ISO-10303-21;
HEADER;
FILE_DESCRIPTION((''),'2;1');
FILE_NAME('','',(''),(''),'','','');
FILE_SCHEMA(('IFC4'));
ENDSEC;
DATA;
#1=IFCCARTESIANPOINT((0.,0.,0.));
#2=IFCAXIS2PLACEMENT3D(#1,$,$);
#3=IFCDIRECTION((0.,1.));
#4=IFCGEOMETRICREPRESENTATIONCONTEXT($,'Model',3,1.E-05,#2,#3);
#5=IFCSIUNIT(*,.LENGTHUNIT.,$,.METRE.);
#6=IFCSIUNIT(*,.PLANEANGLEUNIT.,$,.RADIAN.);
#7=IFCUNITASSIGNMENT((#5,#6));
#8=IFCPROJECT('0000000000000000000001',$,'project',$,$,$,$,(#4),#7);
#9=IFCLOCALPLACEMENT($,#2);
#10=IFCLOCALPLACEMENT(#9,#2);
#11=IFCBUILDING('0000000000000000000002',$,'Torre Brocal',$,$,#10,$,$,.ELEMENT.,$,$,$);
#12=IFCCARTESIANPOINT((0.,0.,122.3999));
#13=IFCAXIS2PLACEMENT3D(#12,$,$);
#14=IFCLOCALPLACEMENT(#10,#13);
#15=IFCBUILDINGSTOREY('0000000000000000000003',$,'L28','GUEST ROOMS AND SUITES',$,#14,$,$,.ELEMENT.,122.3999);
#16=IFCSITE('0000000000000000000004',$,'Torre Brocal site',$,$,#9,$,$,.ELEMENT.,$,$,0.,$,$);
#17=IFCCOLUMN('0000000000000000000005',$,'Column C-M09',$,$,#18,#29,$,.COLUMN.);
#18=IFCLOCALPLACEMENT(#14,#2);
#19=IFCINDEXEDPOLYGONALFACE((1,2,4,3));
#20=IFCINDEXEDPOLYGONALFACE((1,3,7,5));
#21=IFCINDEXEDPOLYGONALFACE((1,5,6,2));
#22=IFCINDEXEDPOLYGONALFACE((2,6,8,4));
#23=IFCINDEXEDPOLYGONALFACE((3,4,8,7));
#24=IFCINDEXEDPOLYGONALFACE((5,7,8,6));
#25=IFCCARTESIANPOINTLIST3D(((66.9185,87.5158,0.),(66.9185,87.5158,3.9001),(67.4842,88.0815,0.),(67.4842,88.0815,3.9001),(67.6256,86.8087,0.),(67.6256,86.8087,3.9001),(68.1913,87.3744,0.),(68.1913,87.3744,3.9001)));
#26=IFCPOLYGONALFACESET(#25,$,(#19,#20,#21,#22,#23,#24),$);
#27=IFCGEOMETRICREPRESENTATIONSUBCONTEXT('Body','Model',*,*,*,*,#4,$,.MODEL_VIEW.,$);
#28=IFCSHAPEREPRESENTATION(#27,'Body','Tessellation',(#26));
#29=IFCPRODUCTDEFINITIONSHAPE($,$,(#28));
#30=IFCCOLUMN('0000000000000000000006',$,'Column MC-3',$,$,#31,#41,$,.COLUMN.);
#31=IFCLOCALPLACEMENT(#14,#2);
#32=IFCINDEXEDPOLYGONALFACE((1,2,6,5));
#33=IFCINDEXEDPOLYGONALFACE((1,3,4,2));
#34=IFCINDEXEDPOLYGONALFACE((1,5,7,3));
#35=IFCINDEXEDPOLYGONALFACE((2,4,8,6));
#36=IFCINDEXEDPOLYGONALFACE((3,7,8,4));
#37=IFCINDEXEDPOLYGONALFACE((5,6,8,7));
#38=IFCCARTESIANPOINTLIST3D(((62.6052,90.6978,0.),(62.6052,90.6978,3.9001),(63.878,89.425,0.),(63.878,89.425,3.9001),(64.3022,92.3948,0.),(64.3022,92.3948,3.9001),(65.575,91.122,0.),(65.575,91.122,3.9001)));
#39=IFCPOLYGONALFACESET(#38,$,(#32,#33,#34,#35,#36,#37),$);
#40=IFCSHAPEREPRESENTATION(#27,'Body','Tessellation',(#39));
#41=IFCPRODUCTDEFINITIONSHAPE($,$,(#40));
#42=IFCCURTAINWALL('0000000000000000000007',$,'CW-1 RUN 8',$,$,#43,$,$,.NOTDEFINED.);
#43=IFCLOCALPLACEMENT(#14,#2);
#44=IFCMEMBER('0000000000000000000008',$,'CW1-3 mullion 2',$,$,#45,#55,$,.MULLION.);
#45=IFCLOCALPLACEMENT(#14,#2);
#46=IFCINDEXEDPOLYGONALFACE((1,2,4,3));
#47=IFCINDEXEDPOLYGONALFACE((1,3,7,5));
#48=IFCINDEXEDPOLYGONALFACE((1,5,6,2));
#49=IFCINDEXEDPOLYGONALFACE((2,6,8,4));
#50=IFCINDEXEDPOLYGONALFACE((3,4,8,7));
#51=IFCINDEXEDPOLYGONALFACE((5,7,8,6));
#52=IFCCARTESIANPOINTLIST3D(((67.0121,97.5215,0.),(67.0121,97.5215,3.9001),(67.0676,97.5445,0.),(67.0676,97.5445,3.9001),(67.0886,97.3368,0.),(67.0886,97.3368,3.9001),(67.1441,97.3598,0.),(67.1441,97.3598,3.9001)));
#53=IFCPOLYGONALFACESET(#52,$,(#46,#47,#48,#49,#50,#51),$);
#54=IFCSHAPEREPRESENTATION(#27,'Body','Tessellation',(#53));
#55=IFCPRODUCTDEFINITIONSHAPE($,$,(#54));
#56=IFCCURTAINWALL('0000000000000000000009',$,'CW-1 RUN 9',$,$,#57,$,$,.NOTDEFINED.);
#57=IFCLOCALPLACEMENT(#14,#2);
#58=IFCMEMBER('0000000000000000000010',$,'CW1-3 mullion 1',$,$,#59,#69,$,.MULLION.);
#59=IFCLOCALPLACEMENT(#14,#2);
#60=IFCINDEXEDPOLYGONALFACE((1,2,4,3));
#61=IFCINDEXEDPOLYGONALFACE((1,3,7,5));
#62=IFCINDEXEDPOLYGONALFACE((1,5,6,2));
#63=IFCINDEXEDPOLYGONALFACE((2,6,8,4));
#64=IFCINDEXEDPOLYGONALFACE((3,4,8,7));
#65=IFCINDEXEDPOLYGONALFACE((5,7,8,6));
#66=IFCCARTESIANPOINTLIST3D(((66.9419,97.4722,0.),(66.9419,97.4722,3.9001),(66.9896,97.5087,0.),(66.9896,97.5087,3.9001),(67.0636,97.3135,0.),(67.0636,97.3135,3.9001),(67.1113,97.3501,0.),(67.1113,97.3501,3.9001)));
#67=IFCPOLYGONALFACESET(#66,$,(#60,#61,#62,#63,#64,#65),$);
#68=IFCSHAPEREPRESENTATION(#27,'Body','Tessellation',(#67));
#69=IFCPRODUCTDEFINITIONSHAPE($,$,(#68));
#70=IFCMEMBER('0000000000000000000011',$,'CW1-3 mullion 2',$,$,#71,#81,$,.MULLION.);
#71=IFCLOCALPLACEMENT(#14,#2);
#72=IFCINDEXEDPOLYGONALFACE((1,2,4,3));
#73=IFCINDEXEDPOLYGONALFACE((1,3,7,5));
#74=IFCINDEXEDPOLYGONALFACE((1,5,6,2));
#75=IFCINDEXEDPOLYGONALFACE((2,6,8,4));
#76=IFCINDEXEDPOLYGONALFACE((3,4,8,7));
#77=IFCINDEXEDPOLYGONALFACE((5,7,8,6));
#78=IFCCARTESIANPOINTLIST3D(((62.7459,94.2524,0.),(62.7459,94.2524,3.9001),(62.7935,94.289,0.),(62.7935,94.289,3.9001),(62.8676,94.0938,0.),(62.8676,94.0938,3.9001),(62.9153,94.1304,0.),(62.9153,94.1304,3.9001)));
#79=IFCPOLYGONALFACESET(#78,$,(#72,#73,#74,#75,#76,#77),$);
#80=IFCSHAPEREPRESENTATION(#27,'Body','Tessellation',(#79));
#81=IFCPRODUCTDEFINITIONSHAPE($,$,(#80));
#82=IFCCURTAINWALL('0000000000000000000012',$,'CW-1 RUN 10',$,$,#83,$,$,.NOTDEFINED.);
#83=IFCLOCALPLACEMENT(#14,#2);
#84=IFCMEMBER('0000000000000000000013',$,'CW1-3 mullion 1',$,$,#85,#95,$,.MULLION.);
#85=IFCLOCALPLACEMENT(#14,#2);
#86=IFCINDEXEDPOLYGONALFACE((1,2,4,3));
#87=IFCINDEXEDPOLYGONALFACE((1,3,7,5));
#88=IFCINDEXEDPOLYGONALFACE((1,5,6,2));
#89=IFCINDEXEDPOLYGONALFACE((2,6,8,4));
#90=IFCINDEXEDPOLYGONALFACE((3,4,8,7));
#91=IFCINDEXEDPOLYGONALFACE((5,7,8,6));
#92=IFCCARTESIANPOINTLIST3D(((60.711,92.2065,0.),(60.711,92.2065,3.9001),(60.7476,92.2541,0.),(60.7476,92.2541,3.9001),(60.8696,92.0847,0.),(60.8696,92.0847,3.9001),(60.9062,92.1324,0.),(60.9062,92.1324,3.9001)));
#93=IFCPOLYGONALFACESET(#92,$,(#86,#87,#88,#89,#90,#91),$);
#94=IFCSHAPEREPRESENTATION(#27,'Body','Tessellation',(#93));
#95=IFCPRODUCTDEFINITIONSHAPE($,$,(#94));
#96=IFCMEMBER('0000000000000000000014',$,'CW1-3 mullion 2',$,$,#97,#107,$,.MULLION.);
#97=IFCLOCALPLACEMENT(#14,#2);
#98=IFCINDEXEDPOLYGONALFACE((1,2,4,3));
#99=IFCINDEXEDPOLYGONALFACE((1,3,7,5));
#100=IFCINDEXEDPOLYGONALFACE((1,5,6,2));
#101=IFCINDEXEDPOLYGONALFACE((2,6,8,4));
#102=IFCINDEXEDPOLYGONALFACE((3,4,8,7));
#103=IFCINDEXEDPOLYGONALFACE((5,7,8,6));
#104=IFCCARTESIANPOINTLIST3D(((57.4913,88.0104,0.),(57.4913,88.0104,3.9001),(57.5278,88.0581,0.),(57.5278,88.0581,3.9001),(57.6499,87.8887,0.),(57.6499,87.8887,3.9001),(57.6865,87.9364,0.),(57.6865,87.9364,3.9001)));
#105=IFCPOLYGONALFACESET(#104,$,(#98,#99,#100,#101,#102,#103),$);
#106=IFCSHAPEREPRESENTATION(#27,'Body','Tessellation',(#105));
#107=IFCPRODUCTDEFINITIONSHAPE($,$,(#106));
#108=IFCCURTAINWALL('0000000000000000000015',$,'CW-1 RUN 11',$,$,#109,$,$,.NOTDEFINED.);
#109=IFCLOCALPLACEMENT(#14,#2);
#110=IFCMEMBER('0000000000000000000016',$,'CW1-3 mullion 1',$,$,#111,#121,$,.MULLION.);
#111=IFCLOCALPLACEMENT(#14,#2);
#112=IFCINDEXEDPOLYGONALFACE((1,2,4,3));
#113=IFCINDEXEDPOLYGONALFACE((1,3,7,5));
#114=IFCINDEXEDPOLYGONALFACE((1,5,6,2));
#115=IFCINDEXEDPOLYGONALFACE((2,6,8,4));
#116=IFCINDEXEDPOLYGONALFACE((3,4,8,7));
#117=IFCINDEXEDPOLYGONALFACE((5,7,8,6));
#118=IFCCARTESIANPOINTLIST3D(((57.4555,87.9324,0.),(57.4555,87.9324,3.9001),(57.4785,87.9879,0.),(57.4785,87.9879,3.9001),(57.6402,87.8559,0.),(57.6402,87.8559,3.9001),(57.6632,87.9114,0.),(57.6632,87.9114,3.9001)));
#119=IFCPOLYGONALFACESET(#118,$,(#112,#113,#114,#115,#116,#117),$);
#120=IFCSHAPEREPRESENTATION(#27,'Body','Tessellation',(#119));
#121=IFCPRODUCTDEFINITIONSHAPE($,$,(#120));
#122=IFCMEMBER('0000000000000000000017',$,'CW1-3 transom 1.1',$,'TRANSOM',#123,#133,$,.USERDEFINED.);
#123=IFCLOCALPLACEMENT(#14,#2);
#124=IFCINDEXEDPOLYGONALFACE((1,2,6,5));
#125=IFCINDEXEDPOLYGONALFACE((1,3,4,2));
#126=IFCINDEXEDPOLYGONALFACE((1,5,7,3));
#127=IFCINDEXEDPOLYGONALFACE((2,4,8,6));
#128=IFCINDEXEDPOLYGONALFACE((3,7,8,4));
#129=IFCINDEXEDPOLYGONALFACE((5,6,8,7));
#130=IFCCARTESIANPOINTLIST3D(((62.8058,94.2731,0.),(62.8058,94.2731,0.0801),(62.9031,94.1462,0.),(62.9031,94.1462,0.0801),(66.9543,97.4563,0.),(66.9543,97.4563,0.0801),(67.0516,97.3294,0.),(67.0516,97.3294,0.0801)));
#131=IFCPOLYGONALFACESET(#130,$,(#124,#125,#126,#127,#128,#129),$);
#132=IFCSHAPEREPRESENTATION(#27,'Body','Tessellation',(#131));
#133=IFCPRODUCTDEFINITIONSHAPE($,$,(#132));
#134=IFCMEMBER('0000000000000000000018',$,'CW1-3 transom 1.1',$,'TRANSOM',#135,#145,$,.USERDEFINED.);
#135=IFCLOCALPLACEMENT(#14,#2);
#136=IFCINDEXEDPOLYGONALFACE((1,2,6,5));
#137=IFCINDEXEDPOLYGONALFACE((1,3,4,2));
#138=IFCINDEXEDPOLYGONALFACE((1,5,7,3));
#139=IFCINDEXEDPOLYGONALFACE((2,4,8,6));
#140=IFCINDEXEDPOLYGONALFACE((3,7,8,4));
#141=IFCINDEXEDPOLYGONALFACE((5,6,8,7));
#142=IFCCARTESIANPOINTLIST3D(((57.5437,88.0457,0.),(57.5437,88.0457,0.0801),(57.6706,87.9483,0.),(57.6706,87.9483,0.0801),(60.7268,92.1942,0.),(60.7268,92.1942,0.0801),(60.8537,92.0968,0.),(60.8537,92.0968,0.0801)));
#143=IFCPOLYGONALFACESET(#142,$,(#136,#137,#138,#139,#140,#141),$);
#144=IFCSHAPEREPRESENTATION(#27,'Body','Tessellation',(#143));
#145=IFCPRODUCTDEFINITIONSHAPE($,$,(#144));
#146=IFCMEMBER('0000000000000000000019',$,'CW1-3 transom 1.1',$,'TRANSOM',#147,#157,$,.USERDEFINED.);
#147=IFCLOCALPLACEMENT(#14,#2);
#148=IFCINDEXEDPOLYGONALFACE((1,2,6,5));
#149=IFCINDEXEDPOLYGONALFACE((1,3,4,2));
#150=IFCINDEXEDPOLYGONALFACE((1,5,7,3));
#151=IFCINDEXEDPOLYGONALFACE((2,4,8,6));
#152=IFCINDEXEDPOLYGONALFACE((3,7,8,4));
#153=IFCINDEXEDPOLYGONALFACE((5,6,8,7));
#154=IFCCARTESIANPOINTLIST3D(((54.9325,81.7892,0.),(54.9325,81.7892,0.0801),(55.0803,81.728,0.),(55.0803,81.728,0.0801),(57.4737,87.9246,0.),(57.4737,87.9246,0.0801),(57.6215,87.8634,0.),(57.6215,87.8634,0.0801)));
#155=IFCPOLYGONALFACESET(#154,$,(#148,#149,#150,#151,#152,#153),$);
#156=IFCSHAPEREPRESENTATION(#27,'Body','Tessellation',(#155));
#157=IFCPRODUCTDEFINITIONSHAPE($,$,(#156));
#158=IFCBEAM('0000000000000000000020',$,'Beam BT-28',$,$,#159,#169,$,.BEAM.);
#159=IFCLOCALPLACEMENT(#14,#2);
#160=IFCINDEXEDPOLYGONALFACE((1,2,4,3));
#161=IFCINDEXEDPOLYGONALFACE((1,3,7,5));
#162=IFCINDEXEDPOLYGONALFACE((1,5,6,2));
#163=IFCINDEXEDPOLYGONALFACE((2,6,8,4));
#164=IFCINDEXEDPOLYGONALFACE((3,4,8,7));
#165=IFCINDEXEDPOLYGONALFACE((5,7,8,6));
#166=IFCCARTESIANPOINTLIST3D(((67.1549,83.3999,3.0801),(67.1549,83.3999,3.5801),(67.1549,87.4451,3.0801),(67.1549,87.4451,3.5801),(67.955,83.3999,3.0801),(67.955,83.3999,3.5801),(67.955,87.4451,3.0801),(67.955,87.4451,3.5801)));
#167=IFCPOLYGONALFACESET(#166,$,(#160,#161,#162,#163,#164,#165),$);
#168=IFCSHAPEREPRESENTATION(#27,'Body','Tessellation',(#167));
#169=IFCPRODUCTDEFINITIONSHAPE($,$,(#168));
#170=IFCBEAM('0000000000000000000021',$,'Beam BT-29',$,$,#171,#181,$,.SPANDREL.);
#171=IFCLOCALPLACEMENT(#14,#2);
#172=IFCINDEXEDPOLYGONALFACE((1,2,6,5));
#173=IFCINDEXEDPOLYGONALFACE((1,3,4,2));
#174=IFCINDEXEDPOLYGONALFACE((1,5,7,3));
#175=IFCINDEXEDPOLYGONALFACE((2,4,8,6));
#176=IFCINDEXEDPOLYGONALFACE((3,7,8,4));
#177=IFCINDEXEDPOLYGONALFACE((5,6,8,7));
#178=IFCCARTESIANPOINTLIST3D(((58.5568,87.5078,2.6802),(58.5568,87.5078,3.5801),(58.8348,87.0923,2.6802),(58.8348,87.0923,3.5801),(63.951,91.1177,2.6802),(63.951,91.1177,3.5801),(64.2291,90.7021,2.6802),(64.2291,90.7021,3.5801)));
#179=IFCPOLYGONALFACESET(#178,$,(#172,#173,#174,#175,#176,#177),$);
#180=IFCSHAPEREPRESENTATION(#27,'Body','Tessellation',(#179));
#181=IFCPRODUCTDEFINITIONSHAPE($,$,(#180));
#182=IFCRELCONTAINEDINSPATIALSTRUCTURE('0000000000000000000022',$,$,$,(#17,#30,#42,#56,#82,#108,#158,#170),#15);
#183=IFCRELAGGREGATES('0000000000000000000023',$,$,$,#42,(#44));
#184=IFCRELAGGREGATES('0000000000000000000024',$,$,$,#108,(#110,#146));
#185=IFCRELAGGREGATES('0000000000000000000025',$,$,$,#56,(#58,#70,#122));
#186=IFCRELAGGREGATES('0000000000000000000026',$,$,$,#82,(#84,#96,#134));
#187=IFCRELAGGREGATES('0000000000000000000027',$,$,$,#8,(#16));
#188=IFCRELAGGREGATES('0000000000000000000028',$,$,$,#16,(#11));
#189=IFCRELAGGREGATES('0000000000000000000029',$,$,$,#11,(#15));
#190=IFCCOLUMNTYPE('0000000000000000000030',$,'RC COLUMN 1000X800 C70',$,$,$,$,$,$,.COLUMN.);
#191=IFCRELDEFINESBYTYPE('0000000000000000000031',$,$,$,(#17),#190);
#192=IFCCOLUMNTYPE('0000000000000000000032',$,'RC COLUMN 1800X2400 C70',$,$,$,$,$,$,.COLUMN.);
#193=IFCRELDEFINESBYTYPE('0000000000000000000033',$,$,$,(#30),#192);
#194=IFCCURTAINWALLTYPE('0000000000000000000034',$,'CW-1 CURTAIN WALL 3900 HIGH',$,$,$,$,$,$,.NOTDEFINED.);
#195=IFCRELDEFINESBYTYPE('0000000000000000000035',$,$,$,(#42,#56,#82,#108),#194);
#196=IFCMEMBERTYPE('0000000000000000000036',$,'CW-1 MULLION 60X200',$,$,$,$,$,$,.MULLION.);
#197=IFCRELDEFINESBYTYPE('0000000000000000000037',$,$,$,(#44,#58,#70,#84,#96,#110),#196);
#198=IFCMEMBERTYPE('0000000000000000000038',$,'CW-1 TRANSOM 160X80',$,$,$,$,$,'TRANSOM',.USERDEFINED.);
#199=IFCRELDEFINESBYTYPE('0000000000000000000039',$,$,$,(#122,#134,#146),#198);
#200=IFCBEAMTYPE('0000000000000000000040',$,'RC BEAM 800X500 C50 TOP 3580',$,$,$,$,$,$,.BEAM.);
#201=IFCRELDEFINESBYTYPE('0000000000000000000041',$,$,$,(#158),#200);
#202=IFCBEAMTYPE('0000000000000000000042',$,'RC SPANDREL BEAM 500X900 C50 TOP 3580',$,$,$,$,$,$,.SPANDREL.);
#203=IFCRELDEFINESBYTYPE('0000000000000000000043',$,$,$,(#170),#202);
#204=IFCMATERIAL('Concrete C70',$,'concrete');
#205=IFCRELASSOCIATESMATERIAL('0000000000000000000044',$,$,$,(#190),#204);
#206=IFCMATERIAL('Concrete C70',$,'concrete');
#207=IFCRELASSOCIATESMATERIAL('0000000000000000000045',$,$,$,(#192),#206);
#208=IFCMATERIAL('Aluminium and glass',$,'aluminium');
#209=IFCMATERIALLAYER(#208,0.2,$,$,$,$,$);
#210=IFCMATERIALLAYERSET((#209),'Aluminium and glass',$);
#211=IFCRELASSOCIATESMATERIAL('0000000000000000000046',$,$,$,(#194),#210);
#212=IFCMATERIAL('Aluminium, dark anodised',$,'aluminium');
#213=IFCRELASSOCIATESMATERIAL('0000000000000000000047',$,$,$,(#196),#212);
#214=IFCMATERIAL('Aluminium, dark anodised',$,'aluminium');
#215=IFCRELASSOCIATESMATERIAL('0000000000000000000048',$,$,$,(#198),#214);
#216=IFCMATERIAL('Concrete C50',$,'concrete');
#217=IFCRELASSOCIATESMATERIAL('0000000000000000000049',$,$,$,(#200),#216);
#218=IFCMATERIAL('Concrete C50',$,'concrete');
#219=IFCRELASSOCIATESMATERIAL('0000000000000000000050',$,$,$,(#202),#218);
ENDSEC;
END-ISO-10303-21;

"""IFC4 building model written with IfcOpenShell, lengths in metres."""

from ifc_helpers import new_model, si_unit, direction, frame, origin, origin_2d, place, context, subcontext, project, spatial, rectangle, extrude, material, layer, layer_set, material_profile, profile_set, type_object, element, aggregate, save


model = new_model("IFC4")

# Units and contexts
model_context = context("Model", 3, precision=1e-05, world=origin(), true_north=direction((0.0, 1.0)))
body_context = subcontext(model_context, "Body", "Model", "MODEL_VIEW")
ifc_project = project(units=[si_unit("LENGTHUNIT", "METRE"), si_unit("PLANEANGLEUNIT", "RADIAN")], contexts=[model_context])

# Site, building, storey
site_placement = place(None, origin())
site = spatial("IfcSite", under=ifc_project, at=site_placement, Name="Torre Brocal site", CompositionType="ELEMENT", RefElevation=0.0)
building_placement = place(site_placement, origin())
building = spatial("IfcBuilding", under=site, at=building_placement, Name="Torre Brocal", CompositionType="ELEMENT")
storey_placement = place(building_placement, frame((0.0, 0.0, 122.3999)))
storey = spatial("IfcBuildingStorey", under=building, at=storey_placement, Name="L28", Description="GUEST ROOMS AND SUITES", CompositionType="ELEMENT", Elevation=122.3999)

# Columns
ifc_material_1 = material(Name="Concrete C70", Category="concrete")
ifc_material_profile_1 = material_profile(ifc_material_1, rectangle(XDim=1.0, YDim=0.8, at=origin_2d()), Name="RC 1000X800")
ifc_profile_set_1 = profile_set([ifc_material_profile_1], Name="Concrete C70")
column_type_1 = type_object("IfcColumnType", Name="RC COLUMN 1000X800 C70", PredefinedType="COLUMN", material=ifc_profile_set_1)
column_1_placement = place(storey_placement, frame((67.5549, 87.4451, 0.0), z_axis=(0.0, 0.0, 1.0), x_axis=(-0.707107, 0.707107, 0.0)))
element("IfcColumn", 1, at=column_1_placement, inside=storey, type_object=column_type_1, Name="Column C-M09", PredefinedType="COLUMN", context=body_context, shape_type="SweptSolid", body=[
    extrude(rectangle(XDim=1.0, YDim=0.8, at=origin_2d()), origin(), (0.0, 0.0, 1.0), 3.9001),
])
ifc_material_2 = material(Name="Concrete C70", Category="concrete")
ifc_material_profile_2 = material_profile(ifc_material_2, rectangle(XDim=1.8, YDim=2.3999, at=origin_2d()), Name="RC 1800X2400")
ifc_profile_set_2 = profile_set([ifc_material_profile_2], Name="Concrete C70")
column_type_2 = type_object("IfcColumnType", Name="RC COLUMN 1800X2400 C70", PredefinedType="COLUMN", material=ifc_profile_set_2)
column_2_placement = place(storey_placement, frame((64.0901, 90.9099, 0.0), z_axis=(0.0, 0.0, 1.0), x_axis=(-0.707107, 0.707107, 0.0)))
element("IfcColumn", 2, at=column_2_placement, inside=storey, type_object=column_type_2, Name="Column MC-3", PredefinedType="COLUMN", context=body_context, shape_type="SweptSolid", body=[
    extrude(rectangle(XDim=1.8, YDim=2.3999, at=origin_2d()), origin(), (0.0, 0.0, 1.0), 3.9001),
])

# Curtain wall, member
ifc_material_3 = material(Name="Aluminium and glass", Category="aluminium")
ifc_layer_1 = layer(ifc_material_3, 0.2)
ifc_layer_set_1 = layer_set([ifc_layer_1], Name="Aluminium and glass")
curtain_wall_type = type_object("IfcCurtainWallType", Name="CW-1 CURTAIN WALL 3900 HIGH", PredefinedType="NOTDEFINED", material=ifc_layer_set_1)
curtain_wall_1_placement = place(storey_placement, origin())
curtain_wall_1 = element("IfcCurtainWall", 3, at=curtain_wall_1_placement, inside=storey, type_object=curtain_wall_type, Name="CW-1 RUN 8", PredefinedType="NOTDEFINED")
ifc_material_4 = material(Name="Aluminium, dark anodised", Category="aluminium")
ifc_material_profile_3 = material_profile(ifc_material_4, rectangle(XDim=0.2, YDim=0.0601, at=origin_2d()), Name="CW-1 MULLION 60X200")
ifc_profile_set_3 = profile_set([ifc_material_profile_3], Name="Aluminium, dark anodised")
member_type_1 = type_object("IfcMemberType", Name="CW-1 MULLION 60X200", PredefinedType="MULLION", material=ifc_profile_set_3)
member_1_placement = place(storey_placement, frame((67.0781, 97.4407, 0.0), z_axis=(0.0, 0.0, 1.0), x_axis=(0.382683, -0.92388, 0.0)))
member_1 = element("IfcMember", 4, at=member_1_placement, type_object=member_type_1, Name="CW1-3 mullion 2", PredefinedType="MULLION", context=body_context, shape_type="SweptSolid", body=[
    extrude(rectangle(XDim=0.2, YDim=0.0601, at=origin_2d()), origin(), (0.0, 0.0, 1.0), 3.9001),
])
aggregate(curtain_wall_1, [member_1])

# Curtain walls, members
curtain_wall_2_placement = place(storey_placement, origin())
curtain_wall_2 = element("IfcCurtainWall", 5, at=curtain_wall_2_placement, inside=storey, type_object=curtain_wall_type, Name="CW-1 RUN 9", PredefinedType="NOTDEFINED")
member_2_placement = place(storey_placement, frame((67.0266, 97.4111, 0.0), z_axis=(0.0, 0.0, 1.0), x_axis=(0.608761, -0.793353, 0.0)))
member_2 = element("IfcMember", 6, at=member_2_placement, type_object=member_type_1, Name="CW1-3 mullion 1", PredefinedType="MULLION", context=body_context, shape_type="SweptSolid", body=[
    extrude(rectangle(XDim=0.2, YDim=0.0601, at=origin_2d()), origin(), (0.0, 0.0, 1.0), 3.9001),
])
member_3_placement = place(storey_placement, frame((62.8306, 94.1914, 0.0), z_axis=(0.0, 0.0, 1.0), x_axis=(0.608761, -0.793353, 0.0)))
member_3 = element("IfcMember", 7, at=member_3_placement, type_object=member_type_1, Name="CW1-3 mullion 2", PredefinedType="MULLION", context=body_context, shape_type="SweptSolid", body=[
    extrude(rectangle(XDim=0.2, YDim=0.0601, at=origin_2d()), origin(), (0.0, 0.0, 1.0), 3.9001),
])
curtain_wall_3_placement = place(storey_placement, origin())
curtain_wall_3 = element("IfcCurtainWall", 8, at=curtain_wall_3_placement, inside=storey, type_object=curtain_wall_type, Name="CW-1 RUN 10", PredefinedType="NOTDEFINED")
member_4_placement = place(storey_placement, frame((60.8086, 92.1694, 0.0), z_axis=(0.0, 0.0, 1.0), x_axis=(0.793353, -0.608761, 0.0)))
member_4 = element("IfcMember", 9, at=member_4_placement, type_object=member_type_1, Name="CW1-3 mullion 1", PredefinedType="MULLION", context=body_context, shape_type="SweptSolid", body=[
    extrude(rectangle(XDim=0.2, YDim=0.0601, at=origin_2d()), origin(), (0.0, 0.0, 1.0), 3.9001),
])
member_5_placement = place(storey_placement, frame((57.5889, 87.9734, 0.0), z_axis=(0.0, 0.0, 1.0), x_axis=(0.793353, -0.608761, 0.0)))
member_5 = element("IfcMember", 10, at=member_5_placement, type_object=member_type_1, Name="CW1-3 mullion 2", PredefinedType="MULLION", context=body_context, shape_type="SweptSolid", body=[
    extrude(rectangle(XDim=0.2, YDim=0.0601, at=origin_2d()), origin(), (0.0, 0.0, 1.0), 3.9001),
])

# Curtain wall, member
curtain_wall_4_placement = place(storey_placement, origin())
curtain_wall_4 = element("IfcCurtainWall", 11, at=curtain_wall_4_placement, inside=storey, type_object=curtain_wall_type, Name="CW-1 RUN 11", PredefinedType="NOTDEFINED")
member_6_placement = place(storey_placement, frame((57.5593, 87.9219, 0.0), z_axis=(0.0, 0.0, 1.0), x_axis=(0.92388, -0.382683, 0.0)))
member_6 = element("IfcMember", 12, at=member_6_placement, type_object=member_type_1, Name="CW1-3 mullion 1", PredefinedType="MULLION", context=body_context, shape_type="SweptSolid", body=[
    extrude(rectangle(XDim=0.2, YDim=0.0601, at=origin_2d()), origin(), (0.0, 0.0, 1.0), 3.9001),
])

# Members
ifc_material_5 = material(Name="Aluminium, dark anodised", Category="aluminium")
ifc_material_profile_4 = material_profile(ifc_material_5, rectangle(XDim=0.1599, YDim=0.0801, at=origin_2d()), Name="CW-1 TRANSOM 160X80")
ifc_profile_set_4 = profile_set([ifc_material_profile_4], Name="Aluminium, dark anodised")
member_type_2 = type_object("IfcMemberType", Name="CW-1 TRANSOM 160X80", ElementType="TRANSOM", PredefinedType="USERDEFINED", material=ifc_profile_set_4)
member_7_placement = place(storey_placement, frame((67.0029, 97.3928, 0.04), z_axis=(-0.793363, -0.608749, 0.0), x_axis=(0.608749, -0.793363, 0.0)))
member_7 = element("IfcMember", 13, at=member_7_placement, type_object=member_type_2, Name="CW1-3 transom 1.1", ObjectType="TRANSOM", PredefinedType="USERDEFINED", context=body_context, shape_type="SweptSolid", body=[
    extrude(rectangle(XDim=0.1599, YDim=0.0801, at=origin_2d()), origin(), (0.0, 0.0, 1.0), 5.229),
])
member_8_placement = place(storey_placement, frame((60.7903, 92.1455, 0.04), z_axis=(-0.608749, -0.793363, 0.0), x_axis=(0.793363, -0.608749, 0.0)))
member_8 = element("IfcMember", 14, at=member_8_placement, type_object=member_type_2, Name="CW1-3 transom 1.1", ObjectType="TRANSOM", PredefinedType="USERDEFINED", context=body_context, shape_type="SweptSolid", body=[
    extrude(rectangle(XDim=0.1599, YDim=0.0801, at=origin_2d()), origin(), (0.0, 0.0, 1.0), 5.229),
])
member_9_placement = place(storey_placement, frame((57.5476, 87.894, 0.04), z_axis=(-0.382665, -0.923887, 0.0), x_axis=(0.923887, -0.382665, 0.0)))
member_9 = element("IfcMember", 15, at=member_9_placement, type_object=member_type_2, Name="CW1-3 transom 1.1", ObjectType="TRANSOM", PredefinedType="USERDEFINED", context=body_context, shape_type="SweptSolid", body=[
    extrude(rectangle(XDim=0.1599, YDim=0.0801, at=origin_2d()), origin(), (0.0, 0.0, 1.0), 6.6409),
])
aggregate(curtain_wall_4, [member_6, member_9])

# Beams
ifc_material_6 = material(Name="Concrete C50", Category="concrete")
ifc_material_profile_5 = material_profile(ifc_material_6, rectangle(XDim=0.8, YDim=0.5, at=origin_2d()), Name="RC 800X500")
ifc_profile_set_5 = profile_set([ifc_material_profile_5], Name="Concrete C50")
beam_type_1 = type_object("IfcBeamType", Name="RC BEAM 800X500 C50 TOP 3580", PredefinedType="BEAM", material=ifc_profile_set_5)
beam_1_placement = place(storey_placement, frame((67.5549, 87.4451, 3.3301), z_axis=(0.0, -1.0, 0.0), x_axis=(1.0, 0.0, 0.0)))
element("IfcBeam", 16, at=beam_1_placement, inside=storey, type_object=beam_type_1, Name="Beam BT-28", PredefinedType="BEAM", context=body_context, shape_type="SweptSolid", body=[
    extrude(rectangle(XDim=0.8, YDim=0.5, at=origin_2d()), origin(), (0.0, 0.0, 1.0), 4.0452),
])
ifc_material_7 = material(Name="Concrete C50", Category="concrete")
ifc_material_profile_6 = material_profile(ifc_material_7, rectangle(XDim=0.5, YDim=0.8999, at=origin_2d()), Name="RC 500X900")
ifc_profile_set_6 = profile_set([ifc_material_profile_6], Name="Concrete C50")
beam_type_2 = type_object("IfcBeamType", Name="RC SPANDREL BEAM 500X900 C50 TOP 3580", PredefinedType="SPANDREL", material=ifc_profile_set_6)
beam_2_placement = place(storey_placement, frame((64.0901, 90.9099, 3.1301), z_axis=(-0.831077, -0.556158, 0.0), x_axis=(0.556158, -0.831077, 0.0)))
element("IfcBeam", 17, at=beam_2_placement, inside=storey, type_object=beam_type_2, Name="Beam BT-29", PredefinedType="SPANDREL", context=body_context, shape_type="SweptSolid", body=[
    extrude(rectangle(XDim=0.5, YDim=0.8999, at=origin_2d()), origin(), (0.0, 0.0, 1.0), 6.4907),
])

aggregate(curtain_wall_2, [member_2, member_3, member_7])
aggregate(curtain_wall_3, [member_4, member_5, member_8])

save(model, "model.ifc")
